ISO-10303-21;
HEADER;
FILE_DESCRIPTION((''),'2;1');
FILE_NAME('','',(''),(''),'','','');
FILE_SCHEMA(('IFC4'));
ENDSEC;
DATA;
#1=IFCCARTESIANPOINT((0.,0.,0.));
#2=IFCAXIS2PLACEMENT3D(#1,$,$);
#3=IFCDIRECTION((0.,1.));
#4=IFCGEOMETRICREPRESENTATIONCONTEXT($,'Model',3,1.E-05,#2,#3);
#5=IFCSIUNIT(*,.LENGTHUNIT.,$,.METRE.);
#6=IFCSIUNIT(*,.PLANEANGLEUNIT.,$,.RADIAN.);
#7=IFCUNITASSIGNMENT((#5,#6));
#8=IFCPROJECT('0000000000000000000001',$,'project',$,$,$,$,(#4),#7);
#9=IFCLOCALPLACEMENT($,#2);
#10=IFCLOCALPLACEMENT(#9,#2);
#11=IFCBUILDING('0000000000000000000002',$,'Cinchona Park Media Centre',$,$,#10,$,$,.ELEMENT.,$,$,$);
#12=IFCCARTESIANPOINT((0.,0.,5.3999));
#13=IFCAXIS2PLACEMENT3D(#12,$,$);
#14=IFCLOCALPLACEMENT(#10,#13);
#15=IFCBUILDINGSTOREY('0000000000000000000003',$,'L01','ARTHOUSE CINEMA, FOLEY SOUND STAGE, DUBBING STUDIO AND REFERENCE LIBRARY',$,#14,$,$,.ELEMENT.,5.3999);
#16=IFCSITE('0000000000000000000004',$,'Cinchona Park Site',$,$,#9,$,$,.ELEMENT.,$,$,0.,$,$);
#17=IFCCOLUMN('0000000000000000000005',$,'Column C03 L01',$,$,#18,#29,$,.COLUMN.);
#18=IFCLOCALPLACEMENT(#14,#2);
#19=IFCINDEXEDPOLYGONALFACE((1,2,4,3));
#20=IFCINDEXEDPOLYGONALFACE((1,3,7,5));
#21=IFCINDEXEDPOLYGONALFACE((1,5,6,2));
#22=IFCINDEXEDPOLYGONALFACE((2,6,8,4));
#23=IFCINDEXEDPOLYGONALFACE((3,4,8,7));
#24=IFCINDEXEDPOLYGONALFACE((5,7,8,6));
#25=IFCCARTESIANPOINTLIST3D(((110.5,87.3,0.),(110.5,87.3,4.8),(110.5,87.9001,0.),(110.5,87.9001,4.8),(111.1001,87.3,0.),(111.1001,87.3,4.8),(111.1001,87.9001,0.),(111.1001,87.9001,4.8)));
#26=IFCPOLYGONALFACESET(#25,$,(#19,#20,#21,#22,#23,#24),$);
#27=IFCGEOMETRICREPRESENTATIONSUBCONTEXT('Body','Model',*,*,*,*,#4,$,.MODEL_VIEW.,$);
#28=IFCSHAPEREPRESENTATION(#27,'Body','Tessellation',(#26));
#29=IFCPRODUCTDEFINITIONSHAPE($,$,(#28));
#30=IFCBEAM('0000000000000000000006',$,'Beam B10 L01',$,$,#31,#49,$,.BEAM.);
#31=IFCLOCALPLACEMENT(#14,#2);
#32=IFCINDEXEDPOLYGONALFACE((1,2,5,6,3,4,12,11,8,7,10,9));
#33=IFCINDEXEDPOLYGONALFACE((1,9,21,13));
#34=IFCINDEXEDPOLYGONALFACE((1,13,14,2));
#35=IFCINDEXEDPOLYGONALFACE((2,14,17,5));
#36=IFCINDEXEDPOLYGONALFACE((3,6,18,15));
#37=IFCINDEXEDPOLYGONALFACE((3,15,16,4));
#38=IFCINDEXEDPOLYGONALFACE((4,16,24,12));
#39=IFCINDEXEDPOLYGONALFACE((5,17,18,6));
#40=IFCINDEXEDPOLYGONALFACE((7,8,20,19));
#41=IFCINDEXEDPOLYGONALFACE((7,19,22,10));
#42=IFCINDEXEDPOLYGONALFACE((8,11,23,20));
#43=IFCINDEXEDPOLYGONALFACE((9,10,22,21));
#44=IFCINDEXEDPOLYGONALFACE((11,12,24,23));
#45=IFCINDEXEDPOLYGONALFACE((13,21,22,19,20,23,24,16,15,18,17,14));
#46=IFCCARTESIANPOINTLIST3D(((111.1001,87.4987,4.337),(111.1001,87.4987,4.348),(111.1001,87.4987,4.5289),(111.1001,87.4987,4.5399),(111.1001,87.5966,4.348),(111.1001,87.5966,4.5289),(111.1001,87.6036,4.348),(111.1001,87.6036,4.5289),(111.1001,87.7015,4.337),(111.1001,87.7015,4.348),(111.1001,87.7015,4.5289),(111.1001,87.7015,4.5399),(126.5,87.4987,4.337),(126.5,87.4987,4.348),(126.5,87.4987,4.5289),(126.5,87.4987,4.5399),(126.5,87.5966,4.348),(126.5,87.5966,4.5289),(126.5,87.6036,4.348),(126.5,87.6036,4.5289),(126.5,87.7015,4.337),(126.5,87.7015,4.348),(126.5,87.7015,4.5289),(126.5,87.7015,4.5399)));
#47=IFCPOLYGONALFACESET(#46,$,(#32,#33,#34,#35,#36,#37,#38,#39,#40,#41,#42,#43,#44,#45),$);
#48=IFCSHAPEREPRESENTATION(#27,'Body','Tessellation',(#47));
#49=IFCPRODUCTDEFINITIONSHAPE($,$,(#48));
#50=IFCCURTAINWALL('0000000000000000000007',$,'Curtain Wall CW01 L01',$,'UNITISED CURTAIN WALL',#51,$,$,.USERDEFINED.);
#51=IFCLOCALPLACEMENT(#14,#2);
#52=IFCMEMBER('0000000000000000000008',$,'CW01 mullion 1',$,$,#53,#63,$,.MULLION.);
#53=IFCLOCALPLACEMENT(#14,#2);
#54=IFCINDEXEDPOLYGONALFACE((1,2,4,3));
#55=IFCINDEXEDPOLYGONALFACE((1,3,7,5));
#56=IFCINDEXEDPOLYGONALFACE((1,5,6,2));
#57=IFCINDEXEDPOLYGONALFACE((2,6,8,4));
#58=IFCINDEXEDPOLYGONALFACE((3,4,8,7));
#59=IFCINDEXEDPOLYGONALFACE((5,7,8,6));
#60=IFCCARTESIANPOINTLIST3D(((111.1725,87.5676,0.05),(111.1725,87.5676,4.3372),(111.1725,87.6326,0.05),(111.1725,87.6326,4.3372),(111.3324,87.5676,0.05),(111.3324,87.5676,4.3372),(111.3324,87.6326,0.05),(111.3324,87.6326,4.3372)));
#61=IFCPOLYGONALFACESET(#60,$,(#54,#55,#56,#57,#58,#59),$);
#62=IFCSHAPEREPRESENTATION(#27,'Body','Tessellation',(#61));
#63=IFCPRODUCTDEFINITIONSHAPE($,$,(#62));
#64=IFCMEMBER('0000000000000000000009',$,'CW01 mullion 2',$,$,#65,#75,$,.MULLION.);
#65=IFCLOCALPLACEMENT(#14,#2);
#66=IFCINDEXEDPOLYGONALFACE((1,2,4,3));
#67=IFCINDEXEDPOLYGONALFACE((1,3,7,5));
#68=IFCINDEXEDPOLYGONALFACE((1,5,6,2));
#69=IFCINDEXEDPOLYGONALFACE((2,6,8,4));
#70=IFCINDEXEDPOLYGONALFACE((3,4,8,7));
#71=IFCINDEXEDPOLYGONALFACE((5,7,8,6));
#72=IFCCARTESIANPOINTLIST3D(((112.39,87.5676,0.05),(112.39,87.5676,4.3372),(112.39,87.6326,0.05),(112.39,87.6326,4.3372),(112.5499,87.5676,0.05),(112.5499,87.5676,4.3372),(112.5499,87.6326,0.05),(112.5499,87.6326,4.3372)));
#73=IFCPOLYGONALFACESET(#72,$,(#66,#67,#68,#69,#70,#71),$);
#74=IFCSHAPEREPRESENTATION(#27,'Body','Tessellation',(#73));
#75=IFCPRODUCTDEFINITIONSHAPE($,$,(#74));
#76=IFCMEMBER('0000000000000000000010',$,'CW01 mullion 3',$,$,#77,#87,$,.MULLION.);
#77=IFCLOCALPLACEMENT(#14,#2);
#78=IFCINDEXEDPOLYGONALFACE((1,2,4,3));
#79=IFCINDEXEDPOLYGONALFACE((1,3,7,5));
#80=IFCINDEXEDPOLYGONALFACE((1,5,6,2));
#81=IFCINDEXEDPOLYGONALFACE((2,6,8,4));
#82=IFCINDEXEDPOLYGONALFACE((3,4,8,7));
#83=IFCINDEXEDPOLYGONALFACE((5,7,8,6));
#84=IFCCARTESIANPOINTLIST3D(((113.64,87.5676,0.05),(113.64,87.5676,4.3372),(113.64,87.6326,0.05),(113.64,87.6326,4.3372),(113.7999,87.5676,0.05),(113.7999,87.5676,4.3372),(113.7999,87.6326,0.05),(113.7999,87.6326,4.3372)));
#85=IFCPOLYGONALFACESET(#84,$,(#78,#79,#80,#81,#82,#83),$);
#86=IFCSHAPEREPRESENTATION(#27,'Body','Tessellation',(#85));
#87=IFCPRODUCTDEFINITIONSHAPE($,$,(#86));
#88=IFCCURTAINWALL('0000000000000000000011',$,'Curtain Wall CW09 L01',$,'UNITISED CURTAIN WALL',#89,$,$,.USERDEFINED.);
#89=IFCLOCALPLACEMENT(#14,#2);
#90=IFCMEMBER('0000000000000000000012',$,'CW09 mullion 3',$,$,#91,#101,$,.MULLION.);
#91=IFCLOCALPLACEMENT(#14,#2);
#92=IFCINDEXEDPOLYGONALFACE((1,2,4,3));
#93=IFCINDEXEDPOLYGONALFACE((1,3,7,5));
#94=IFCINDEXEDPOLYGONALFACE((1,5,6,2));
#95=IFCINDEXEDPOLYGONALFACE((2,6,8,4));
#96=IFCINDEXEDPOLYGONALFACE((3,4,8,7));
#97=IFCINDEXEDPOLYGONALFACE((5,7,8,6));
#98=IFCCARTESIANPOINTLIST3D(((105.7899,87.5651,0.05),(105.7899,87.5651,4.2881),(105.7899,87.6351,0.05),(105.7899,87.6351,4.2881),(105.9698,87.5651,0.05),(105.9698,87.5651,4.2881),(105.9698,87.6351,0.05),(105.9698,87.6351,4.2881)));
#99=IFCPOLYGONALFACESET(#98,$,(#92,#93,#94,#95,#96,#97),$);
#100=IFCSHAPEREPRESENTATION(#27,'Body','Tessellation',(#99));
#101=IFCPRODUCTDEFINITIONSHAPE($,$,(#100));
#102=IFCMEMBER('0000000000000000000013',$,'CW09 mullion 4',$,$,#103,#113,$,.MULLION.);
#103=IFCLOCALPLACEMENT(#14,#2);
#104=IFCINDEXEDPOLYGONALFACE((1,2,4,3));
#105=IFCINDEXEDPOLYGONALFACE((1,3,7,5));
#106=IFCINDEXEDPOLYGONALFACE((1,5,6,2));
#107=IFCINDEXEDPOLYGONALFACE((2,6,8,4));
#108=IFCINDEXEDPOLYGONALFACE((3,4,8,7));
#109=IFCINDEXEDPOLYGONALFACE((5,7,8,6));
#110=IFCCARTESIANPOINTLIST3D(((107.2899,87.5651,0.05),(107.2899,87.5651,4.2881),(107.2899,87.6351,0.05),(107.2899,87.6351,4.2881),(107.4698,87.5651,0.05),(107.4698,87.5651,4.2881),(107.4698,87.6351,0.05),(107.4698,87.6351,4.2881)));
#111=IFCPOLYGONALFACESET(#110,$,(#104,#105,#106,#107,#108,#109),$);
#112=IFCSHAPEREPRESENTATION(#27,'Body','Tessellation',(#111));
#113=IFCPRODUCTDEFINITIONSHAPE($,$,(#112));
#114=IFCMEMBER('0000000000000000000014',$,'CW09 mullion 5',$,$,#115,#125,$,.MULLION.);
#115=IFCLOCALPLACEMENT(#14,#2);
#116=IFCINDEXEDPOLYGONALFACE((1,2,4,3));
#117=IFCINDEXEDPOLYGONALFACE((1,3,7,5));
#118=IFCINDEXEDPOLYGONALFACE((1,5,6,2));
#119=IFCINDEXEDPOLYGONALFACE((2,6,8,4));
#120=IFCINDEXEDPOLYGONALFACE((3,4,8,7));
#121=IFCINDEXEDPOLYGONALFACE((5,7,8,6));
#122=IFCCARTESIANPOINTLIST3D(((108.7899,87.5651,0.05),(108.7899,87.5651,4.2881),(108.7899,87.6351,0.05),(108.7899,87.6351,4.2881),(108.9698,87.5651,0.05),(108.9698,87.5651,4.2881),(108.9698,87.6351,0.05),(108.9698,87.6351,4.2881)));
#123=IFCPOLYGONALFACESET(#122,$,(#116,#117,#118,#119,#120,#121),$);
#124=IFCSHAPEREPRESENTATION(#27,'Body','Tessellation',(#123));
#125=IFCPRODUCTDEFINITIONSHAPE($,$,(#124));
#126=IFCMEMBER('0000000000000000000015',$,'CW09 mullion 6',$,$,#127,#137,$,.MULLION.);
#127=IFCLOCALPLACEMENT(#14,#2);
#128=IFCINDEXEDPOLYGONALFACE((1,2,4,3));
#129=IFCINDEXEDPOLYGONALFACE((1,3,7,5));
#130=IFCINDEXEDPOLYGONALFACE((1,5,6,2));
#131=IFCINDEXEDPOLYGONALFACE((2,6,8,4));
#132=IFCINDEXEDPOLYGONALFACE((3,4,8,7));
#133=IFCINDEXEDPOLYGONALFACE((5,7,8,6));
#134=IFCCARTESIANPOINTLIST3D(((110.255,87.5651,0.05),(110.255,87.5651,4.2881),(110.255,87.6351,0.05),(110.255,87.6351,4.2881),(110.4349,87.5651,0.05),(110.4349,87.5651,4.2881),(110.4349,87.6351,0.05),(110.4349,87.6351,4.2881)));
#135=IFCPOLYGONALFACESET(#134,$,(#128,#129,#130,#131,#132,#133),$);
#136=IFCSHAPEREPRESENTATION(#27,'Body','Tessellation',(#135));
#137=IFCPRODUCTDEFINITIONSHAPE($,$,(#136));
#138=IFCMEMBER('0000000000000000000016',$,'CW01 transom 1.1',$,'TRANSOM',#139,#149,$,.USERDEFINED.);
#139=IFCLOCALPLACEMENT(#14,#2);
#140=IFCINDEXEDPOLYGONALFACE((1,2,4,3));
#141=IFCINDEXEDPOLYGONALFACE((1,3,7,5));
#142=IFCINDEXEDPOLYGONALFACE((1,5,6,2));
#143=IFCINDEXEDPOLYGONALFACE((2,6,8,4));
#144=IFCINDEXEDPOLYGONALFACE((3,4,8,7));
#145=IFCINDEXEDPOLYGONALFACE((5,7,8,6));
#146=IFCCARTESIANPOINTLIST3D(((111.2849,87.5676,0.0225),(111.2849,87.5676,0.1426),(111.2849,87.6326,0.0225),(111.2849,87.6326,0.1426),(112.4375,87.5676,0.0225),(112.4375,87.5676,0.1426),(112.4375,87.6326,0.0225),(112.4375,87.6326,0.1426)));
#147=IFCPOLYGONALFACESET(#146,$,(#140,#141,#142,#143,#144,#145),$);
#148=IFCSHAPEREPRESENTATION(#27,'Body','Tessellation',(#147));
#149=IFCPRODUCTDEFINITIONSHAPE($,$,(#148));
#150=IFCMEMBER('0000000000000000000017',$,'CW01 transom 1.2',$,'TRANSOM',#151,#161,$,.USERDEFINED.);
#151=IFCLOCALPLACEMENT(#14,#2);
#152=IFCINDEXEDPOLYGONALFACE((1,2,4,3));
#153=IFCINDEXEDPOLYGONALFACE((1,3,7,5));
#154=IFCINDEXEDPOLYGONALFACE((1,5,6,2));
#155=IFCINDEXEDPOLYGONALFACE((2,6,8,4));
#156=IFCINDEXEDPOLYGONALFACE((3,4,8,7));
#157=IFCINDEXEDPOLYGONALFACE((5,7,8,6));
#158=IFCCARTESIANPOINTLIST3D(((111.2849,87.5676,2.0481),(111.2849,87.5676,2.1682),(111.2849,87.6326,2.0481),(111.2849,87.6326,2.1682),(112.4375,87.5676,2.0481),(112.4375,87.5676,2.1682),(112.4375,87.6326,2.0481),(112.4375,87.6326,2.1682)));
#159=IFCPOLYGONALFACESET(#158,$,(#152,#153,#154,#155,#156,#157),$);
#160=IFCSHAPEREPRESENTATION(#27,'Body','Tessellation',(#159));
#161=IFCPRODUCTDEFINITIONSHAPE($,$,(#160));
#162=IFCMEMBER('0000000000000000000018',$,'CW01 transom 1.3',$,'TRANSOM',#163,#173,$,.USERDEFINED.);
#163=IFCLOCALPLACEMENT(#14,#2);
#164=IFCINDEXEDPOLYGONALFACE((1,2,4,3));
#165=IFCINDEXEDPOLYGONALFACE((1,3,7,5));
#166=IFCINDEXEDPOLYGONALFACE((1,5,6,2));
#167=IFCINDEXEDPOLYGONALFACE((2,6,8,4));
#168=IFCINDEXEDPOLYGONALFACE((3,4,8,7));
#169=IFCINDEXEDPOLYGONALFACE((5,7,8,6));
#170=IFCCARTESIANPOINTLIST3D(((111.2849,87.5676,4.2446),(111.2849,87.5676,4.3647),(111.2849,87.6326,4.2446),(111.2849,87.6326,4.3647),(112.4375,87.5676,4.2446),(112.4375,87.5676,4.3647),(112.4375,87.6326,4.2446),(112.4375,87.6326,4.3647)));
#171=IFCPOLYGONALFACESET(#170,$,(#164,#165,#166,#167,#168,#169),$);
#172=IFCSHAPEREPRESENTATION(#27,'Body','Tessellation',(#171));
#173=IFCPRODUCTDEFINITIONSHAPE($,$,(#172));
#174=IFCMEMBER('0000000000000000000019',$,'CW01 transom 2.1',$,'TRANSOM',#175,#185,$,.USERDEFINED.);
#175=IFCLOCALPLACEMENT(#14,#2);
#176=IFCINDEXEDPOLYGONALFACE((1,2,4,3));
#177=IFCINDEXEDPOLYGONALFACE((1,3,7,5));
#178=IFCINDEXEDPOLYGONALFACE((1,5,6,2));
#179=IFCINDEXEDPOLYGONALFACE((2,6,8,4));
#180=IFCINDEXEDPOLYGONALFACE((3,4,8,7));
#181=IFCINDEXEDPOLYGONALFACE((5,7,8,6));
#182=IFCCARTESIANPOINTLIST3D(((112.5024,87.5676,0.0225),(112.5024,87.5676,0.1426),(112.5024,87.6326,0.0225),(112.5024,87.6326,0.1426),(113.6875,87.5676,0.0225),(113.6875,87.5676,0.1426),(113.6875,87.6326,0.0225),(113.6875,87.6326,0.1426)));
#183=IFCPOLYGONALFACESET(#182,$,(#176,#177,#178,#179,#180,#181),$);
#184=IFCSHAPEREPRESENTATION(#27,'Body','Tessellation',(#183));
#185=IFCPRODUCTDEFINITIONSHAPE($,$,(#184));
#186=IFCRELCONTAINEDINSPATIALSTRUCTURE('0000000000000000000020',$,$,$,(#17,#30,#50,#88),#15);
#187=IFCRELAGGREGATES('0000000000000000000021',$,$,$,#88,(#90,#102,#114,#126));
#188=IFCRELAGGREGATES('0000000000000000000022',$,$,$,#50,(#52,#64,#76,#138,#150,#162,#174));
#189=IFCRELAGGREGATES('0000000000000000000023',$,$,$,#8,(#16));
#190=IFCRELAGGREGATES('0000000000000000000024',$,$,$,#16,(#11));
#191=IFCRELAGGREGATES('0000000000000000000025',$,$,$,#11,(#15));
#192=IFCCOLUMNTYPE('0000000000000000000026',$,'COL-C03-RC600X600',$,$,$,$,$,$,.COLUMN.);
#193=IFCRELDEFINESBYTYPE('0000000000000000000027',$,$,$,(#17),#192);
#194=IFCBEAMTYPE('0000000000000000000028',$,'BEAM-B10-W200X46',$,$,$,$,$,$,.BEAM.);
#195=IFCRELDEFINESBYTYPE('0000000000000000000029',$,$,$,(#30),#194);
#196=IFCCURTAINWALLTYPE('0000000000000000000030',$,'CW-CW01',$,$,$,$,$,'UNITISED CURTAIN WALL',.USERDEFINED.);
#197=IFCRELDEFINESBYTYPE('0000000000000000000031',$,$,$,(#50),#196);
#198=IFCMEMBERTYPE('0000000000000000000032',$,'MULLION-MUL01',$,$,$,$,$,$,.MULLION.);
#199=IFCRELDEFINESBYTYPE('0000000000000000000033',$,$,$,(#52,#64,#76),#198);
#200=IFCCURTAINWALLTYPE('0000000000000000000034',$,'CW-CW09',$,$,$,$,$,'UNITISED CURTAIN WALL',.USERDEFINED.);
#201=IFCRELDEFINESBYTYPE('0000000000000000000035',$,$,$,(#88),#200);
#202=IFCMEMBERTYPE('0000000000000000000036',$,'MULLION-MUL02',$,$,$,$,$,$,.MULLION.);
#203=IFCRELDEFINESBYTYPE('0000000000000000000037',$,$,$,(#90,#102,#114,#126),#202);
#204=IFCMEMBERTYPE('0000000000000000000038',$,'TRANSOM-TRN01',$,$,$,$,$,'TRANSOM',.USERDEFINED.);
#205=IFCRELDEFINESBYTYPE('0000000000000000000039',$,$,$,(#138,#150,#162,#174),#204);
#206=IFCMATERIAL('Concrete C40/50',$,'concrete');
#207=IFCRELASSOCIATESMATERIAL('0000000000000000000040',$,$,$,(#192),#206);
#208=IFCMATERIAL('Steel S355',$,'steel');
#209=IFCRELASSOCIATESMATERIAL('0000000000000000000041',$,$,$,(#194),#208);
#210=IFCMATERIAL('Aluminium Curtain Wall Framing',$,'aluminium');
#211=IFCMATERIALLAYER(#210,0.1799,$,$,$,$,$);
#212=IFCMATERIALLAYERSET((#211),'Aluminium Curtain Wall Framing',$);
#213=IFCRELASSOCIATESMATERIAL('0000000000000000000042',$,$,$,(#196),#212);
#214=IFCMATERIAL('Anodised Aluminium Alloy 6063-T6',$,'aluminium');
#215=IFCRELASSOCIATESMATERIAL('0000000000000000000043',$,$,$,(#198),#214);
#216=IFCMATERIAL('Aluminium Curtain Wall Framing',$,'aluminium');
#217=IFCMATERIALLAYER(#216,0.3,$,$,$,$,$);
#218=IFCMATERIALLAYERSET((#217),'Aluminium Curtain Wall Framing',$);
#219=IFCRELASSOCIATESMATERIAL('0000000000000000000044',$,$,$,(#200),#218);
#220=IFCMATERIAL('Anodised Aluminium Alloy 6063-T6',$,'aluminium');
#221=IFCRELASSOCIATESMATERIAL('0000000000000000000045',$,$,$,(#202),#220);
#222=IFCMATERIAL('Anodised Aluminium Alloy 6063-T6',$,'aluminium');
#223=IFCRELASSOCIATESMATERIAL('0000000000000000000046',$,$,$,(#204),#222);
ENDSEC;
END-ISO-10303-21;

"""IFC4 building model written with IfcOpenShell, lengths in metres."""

from ifc_helpers import new_model, si_unit, direction, frame, origin, origin_2d, place, context, subcontext, project, spatial, rectangle, i_section, extrude, material, layer, layer_set, material_profile, profile_set, type_object, element, aggregate, save


model = new_model("IFC4")

# Units and contexts
model_context = context("Model", 3, precision=1e-05, world=origin(), true_north=direction((0.0, 1.0)))
body_context = subcontext(model_context, "Body", "Model", "MODEL_VIEW")
ifc_project = project(units=[si_unit("LENGTHUNIT", "METRE"), si_unit("PLANEANGLEUNIT", "RADIAN")], contexts=[model_context])

# Site, building, storey
site_placement = place(None, origin())
site = spatial("IfcSite", under=ifc_project, at=site_placement, Name="Cinchona Park Site", CompositionType="ELEMENT", RefElevation=0.0)
building_placement = place(site_placement, origin())
building = spatial("IfcBuilding", under=site, at=building_placement, Name="Cinchona Park Media Centre", CompositionType="ELEMENT")
storey_placement = place(building_placement, frame((0.0, 0.0, 5.3999)))
storey = spatial("IfcBuildingStorey", under=building, at=storey_placement, Name="L01", Description="ARTHOUSE CINEMA, FOLEY SOUND STAGE, DUBBING STUDIO AND REFERENCE LIBRARY", CompositionType="ELEMENT", Elevation=5.3999)

# Column
ifc_material_1 = material(Name="Concrete C40/50", Category="concrete")
ifc_material_profile_1 = material_profile(ifc_material_1, rectangle(XDim=0.6001, YDim=0.6001, at=origin_2d()), Name="RC 600X600")
ifc_profile_set_1 = profile_set([ifc_material_profile_1], Name="Concrete C40/50")
column_type = type_object("IfcColumnType", Name="COL-C03-RC600X600", PredefinedType="COLUMN", material=ifc_profile_set_1)
column_placement = place(storey_placement, frame((110.8, 87.6001, 0.0), z_axis=(0.0, 0.0, 1.0), x_axis=(1.0, 0.0, 0.0)))
element("IfcColumn", 1, at=column_placement, inside=storey, type_object=column_type, Name="Column C03 L01", PredefinedType="COLUMN", context=body_context, shape_type="SweptSolid", body=[
    extrude(rectangle(XDim=0.6001, YDim=0.6001, at=origin_2d()), origin(), (0.0, 0.0, 1.0), 4.8),
])

# Beam
ifc_material_2 = material(Name="Steel S355", Category="steel")
ifc_material_profile_2 = material_profile(ifc_material_2, i_section(OverallWidth=0.2029, OverallDepth=0.2029, WebThickness=0.0071, FlangeThickness=0.011, at=origin_2d()), Name="W200X46")
ifc_profile_set_2 = profile_set([ifc_material_profile_2], Name="Steel S355")
beam_type = type_object("IfcBeamType", Name="BEAM-B10-W200X46", PredefinedType="BEAM", material=ifc_profile_set_2)
beam_placement = place(storey_placement, frame((111.1001, 87.6001, 4.4385), z_axis=(1.0, 0.0, 0.0), x_axis=(0.0, 1.0, 0.0)))
element("IfcBeam", 2, at=beam_placement, inside=storey, type_object=beam_type, Name="Beam B10 L01", PredefinedType="BEAM", context=body_context, shape_type="SweptSolid", body=[
    extrude(i_section(OverallWidth=0.2029, OverallDepth=0.2029, WebThickness=0.0071, FlangeThickness=0.011, at=origin_2d()), origin(), (0.0, 0.0, 1.0), 15.3999),
])

# Curtain walls, members
ifc_material_3 = material(Name="Aluminium Curtain Wall Framing", Category="aluminium")
ifc_layer_1 = layer(ifc_material_3, 0.1799)
ifc_layer_set_1 = layer_set([ifc_layer_1], Name="Aluminium Curtain Wall Framing")
curtain_wall_type_1 = type_object("IfcCurtainWallType", Name="CW-CW01", ElementType="UNITISED CURTAIN WALL", PredefinedType="USERDEFINED", material=ifc_layer_set_1)
curtain_wall_1_placement = place(storey_placement, origin())
curtain_wall_1 = element("IfcCurtainWall", 3, at=curtain_wall_1_placement, inside=storey, type_object=curtain_wall_type_1, Name="Curtain Wall CW01 L01", ObjectType="UNITISED CURTAIN WALL", PredefinedType="USERDEFINED")
ifc_material_4 = material(Name="Anodised Aluminium Alloy 6063-T6", Category="aluminium")
ifc_material_profile_3 = material_profile(ifc_material_4, rectangle(XDim=0.0649, YDim=0.1599, at=origin_2d()), Name="MUL-65X160")
ifc_profile_set_3 = profile_set([ifc_material_profile_3], Name="Anodised Aluminium Alloy 6063-T6")
member_type_1 = type_object("IfcMemberType", Name="MULLION-MUL01", PredefinedType="MULLION", material=ifc_profile_set_3)
member_1_placement = place(storey_placement, frame((111.2524, 87.6001, 0.05), z_axis=(0.0, 0.0, 1.0), x_axis=(0.0, 1.0, 0.0)))
member_1 = element("IfcMember", 4, at=member_1_placement, type_object=member_type_1, Name="CW01 mullion 1", PredefinedType="MULLION", context=body_context, shape_type="SweptSolid", body=[
    extrude(rectangle(XDim=0.0649, YDim=0.1599, at=origin_2d()), origin(), (0.0, 0.0, 1.0), 4.2871),
])
member_2_placement = place(storey_placement, frame((112.47, 87.6001, 0.05), z_axis=(0.0, 0.0, 1.0), x_axis=(0.0, 1.0, 0.0)))
member_2 = element("IfcMember", 5, at=member_2_placement, type_object=member_type_1, Name="CW01 mullion 2", PredefinedType="MULLION", context=body_context, shape_type="SweptSolid", body=[
    extrude(rectangle(XDim=0.0649, YDim=0.1599, at=origin_2d()), origin(), (0.0, 0.0, 1.0), 4.2871),
])
member_3_placement = place(storey_placement, frame((113.72, 87.6001, 0.05), z_axis=(0.0, 0.0, 1.0), x_axis=(0.0, 1.0, 0.0)))
member_3 = element("IfcMember", 6, at=member_3_placement, type_object=member_type_1, Name="CW01 mullion 3", PredefinedType="MULLION", context=body_context, shape_type="SweptSolid", body=[
    extrude(rectangle(XDim=0.0649, YDim=0.1599, at=origin_2d()), origin(), (0.0, 0.0, 1.0), 4.2871),
])
ifc_material_5 = material(Name="Aluminium Curtain Wall Framing", Category="aluminium")
ifc_layer_2 = layer(ifc_material_5, 0.3)
ifc_layer_set_2 = layer_set([ifc_layer_2], Name="Aluminium Curtain Wall Framing")
curtain_wall_type_2 = type_object("IfcCurtainWallType", Name="CW-CW09", ElementType="UNITISED CURTAIN WALL", PredefinedType="USERDEFINED", material=ifc_layer_set_2)
curtain_wall_2_placement = place(storey_placement, origin())
curtain_wall_2 = element("IfcCurtainWall", 7, at=curtain_wall_2_placement, inside=storey, type_object=curtain_wall_type_2, Name="Curtain Wall CW09 L01", ObjectType="UNITISED CURTAIN WALL", PredefinedType="USERDEFINED")
ifc_material_6 = material(Name="Anodised Aluminium Alloy 6063-T6", Category="aluminium")
ifc_material_profile_4 = material_profile(ifc_material_6, rectangle(XDim=0.0701, YDim=0.1799, at=origin_2d()), Name="MUL-70X180")
ifc_profile_set_4 = profile_set([ifc_material_profile_4], Name="Anodised Aluminium Alloy 6063-T6")
member_type_2 = type_object("IfcMemberType", Name="MULLION-MUL02", PredefinedType="MULLION", material=ifc_profile_set_4)
member_4_placement = place(storey_placement, frame((105.8799, 87.6001, 0.05), z_axis=(0.0, 0.0, 1.0), x_axis=(0.0, 1.0, 0.0)))
member_4 = element("IfcMember", 8, at=member_4_placement, type_object=member_type_2, Name="CW09 mullion 3", PredefinedType="MULLION", context=body_context, shape_type="SweptSolid", body=[
    extrude(rectangle(XDim=0.0701, YDim=0.1799, at=origin_2d()), origin(), (0.0, 0.0, 1.0), 4.238),
])
member_5_placement = place(storey_placement, frame((107.3799, 87.6001, 0.05), z_axis=(0.0, 0.0, 1.0), x_axis=(0.0, 1.0, 0.0)))
member_5 = element("IfcMember", 9, at=member_5_placement, type_object=member_type_2, Name="CW09 mullion 4", PredefinedType="MULLION", context=body_context, shape_type="SweptSolid", body=[
    extrude(rectangle(XDim=0.0701, YDim=0.1799, at=origin_2d()), origin(), (0.0, 0.0, 1.0), 4.238),
])
member_6_placement = place(storey_placement, frame((108.8799, 87.6001, 0.05), z_axis=(0.0, 0.0, 1.0), x_axis=(0.0, 1.0, 0.0)))
member_6 = element("IfcMember", 10, at=member_6_placement, type_object=member_type_2, Name="CW09 mullion 5", PredefinedType="MULLION", context=body_context, shape_type="SweptSolid", body=[
    extrude(rectangle(XDim=0.0701, YDim=0.1799, at=origin_2d()), origin(), (0.0, 0.0, 1.0), 4.238),
])
member_7_placement = place(storey_placement, frame((110.345, 87.6001, 0.05), z_axis=(0.0, 0.0, 1.0), x_axis=(0.0, 1.0, 0.0)))
member_7 = element("IfcMember", 11, at=member_7_placement, type_object=member_type_2, Name="CW09 mullion 6", PredefinedType="MULLION", context=body_context, shape_type="SweptSolid", body=[
    extrude(rectangle(XDim=0.0701, YDim=0.1799, at=origin_2d()), origin(), (0.0, 0.0, 1.0), 4.238),
])

# Members
ifc_material_7 = material(Name="Anodised Aluminium Alloy 6063-T6", Category="aluminium")
ifc_material_profile_5 = material_profile(ifc_material_7, rectangle(XDim=0.0649, YDim=0.1201, at=origin_2d()), Name="TRN-65X120")
ifc_profile_set_5 = profile_set([ifc_material_profile_5], Name="Anodised Aluminium Alloy 6063-T6")
member_type_3 = type_object("IfcMemberType", Name="TRANSOM-TRN01", ElementType="TRANSOM", PredefinedType="USERDEFINED", material=ifc_profile_set_5)
member_8_placement = place(storey_placement, frame((111.2849, 87.6001, 0.0825), z_axis=(1.0, 0.0, 0.0), x_axis=(0.0, 1.0, 0.0)))
member_8 = element("IfcMember", 12, at=member_8_placement, type_object=member_type_3, Name="CW01 transom 1.1", ObjectType="TRANSOM", PredefinedType="USERDEFINED", context=body_context, shape_type="SweptSolid", body=[
    extrude(rectangle(XDim=0.0649, YDim=0.1201, at=origin_2d()), origin(), (0.0, 0.0, 1.0), 1.1526),
])
member_9_placement = place(storey_placement, frame((111.2849, 87.6001, 2.1082), z_axis=(1.0, 0.0, 0.0), x_axis=(0.0, 1.0, 0.0)))
member_9 = element("IfcMember", 13, at=member_9_placement, type_object=member_type_3, Name="CW01 transom 1.2", ObjectType="TRANSOM", PredefinedType="USERDEFINED", context=body_context, shape_type="SweptSolid", body=[
    extrude(rectangle(XDim=0.0649, YDim=0.1201, at=origin_2d()), origin(), (0.0, 0.0, 1.0), 1.1526),
])
member_10_placement = place(storey_placement, frame((111.2849, 87.6001, 4.3047), z_axis=(1.0, 0.0, 0.0), x_axis=(0.0, 1.0, 0.0)))
member_10 = element("IfcMember", 14, at=member_10_placement, type_object=member_type_3, Name="CW01 transom 1.3", ObjectType="TRANSOM", PredefinedType="USERDEFINED", context=body_context, shape_type="SweptSolid", body=[
    extrude(rectangle(XDim=0.0649, YDim=0.1201, at=origin_2d()), origin(), (0.0, 0.0, 1.0), 1.1526),
])
member_11_placement = place(storey_placement, frame((112.5024, 87.6001, 0.0825), z_axis=(1.0, 0.0, 0.0), x_axis=(0.0, 1.0, 0.0)))
member_11 = element("IfcMember", 15, at=member_11_placement, type_object=member_type_3, Name="CW01 transom 2.1", ObjectType="TRANSOM", PredefinedType="USERDEFINED", context=body_context, shape_type="SweptSolid", body=[
    extrude(rectangle(XDim=0.0649, YDim=0.1201, at=origin_2d()), origin(), (0.0, 0.0, 1.0), 1.1851),
])

aggregate(curtain_wall_2, [member_4, member_5, member_6, member_7])
aggregate(curtain_wall_1, [member_1, member_2, member_3, member_8, member_9, member_10, member_11])

save(model, "model.ifc")
